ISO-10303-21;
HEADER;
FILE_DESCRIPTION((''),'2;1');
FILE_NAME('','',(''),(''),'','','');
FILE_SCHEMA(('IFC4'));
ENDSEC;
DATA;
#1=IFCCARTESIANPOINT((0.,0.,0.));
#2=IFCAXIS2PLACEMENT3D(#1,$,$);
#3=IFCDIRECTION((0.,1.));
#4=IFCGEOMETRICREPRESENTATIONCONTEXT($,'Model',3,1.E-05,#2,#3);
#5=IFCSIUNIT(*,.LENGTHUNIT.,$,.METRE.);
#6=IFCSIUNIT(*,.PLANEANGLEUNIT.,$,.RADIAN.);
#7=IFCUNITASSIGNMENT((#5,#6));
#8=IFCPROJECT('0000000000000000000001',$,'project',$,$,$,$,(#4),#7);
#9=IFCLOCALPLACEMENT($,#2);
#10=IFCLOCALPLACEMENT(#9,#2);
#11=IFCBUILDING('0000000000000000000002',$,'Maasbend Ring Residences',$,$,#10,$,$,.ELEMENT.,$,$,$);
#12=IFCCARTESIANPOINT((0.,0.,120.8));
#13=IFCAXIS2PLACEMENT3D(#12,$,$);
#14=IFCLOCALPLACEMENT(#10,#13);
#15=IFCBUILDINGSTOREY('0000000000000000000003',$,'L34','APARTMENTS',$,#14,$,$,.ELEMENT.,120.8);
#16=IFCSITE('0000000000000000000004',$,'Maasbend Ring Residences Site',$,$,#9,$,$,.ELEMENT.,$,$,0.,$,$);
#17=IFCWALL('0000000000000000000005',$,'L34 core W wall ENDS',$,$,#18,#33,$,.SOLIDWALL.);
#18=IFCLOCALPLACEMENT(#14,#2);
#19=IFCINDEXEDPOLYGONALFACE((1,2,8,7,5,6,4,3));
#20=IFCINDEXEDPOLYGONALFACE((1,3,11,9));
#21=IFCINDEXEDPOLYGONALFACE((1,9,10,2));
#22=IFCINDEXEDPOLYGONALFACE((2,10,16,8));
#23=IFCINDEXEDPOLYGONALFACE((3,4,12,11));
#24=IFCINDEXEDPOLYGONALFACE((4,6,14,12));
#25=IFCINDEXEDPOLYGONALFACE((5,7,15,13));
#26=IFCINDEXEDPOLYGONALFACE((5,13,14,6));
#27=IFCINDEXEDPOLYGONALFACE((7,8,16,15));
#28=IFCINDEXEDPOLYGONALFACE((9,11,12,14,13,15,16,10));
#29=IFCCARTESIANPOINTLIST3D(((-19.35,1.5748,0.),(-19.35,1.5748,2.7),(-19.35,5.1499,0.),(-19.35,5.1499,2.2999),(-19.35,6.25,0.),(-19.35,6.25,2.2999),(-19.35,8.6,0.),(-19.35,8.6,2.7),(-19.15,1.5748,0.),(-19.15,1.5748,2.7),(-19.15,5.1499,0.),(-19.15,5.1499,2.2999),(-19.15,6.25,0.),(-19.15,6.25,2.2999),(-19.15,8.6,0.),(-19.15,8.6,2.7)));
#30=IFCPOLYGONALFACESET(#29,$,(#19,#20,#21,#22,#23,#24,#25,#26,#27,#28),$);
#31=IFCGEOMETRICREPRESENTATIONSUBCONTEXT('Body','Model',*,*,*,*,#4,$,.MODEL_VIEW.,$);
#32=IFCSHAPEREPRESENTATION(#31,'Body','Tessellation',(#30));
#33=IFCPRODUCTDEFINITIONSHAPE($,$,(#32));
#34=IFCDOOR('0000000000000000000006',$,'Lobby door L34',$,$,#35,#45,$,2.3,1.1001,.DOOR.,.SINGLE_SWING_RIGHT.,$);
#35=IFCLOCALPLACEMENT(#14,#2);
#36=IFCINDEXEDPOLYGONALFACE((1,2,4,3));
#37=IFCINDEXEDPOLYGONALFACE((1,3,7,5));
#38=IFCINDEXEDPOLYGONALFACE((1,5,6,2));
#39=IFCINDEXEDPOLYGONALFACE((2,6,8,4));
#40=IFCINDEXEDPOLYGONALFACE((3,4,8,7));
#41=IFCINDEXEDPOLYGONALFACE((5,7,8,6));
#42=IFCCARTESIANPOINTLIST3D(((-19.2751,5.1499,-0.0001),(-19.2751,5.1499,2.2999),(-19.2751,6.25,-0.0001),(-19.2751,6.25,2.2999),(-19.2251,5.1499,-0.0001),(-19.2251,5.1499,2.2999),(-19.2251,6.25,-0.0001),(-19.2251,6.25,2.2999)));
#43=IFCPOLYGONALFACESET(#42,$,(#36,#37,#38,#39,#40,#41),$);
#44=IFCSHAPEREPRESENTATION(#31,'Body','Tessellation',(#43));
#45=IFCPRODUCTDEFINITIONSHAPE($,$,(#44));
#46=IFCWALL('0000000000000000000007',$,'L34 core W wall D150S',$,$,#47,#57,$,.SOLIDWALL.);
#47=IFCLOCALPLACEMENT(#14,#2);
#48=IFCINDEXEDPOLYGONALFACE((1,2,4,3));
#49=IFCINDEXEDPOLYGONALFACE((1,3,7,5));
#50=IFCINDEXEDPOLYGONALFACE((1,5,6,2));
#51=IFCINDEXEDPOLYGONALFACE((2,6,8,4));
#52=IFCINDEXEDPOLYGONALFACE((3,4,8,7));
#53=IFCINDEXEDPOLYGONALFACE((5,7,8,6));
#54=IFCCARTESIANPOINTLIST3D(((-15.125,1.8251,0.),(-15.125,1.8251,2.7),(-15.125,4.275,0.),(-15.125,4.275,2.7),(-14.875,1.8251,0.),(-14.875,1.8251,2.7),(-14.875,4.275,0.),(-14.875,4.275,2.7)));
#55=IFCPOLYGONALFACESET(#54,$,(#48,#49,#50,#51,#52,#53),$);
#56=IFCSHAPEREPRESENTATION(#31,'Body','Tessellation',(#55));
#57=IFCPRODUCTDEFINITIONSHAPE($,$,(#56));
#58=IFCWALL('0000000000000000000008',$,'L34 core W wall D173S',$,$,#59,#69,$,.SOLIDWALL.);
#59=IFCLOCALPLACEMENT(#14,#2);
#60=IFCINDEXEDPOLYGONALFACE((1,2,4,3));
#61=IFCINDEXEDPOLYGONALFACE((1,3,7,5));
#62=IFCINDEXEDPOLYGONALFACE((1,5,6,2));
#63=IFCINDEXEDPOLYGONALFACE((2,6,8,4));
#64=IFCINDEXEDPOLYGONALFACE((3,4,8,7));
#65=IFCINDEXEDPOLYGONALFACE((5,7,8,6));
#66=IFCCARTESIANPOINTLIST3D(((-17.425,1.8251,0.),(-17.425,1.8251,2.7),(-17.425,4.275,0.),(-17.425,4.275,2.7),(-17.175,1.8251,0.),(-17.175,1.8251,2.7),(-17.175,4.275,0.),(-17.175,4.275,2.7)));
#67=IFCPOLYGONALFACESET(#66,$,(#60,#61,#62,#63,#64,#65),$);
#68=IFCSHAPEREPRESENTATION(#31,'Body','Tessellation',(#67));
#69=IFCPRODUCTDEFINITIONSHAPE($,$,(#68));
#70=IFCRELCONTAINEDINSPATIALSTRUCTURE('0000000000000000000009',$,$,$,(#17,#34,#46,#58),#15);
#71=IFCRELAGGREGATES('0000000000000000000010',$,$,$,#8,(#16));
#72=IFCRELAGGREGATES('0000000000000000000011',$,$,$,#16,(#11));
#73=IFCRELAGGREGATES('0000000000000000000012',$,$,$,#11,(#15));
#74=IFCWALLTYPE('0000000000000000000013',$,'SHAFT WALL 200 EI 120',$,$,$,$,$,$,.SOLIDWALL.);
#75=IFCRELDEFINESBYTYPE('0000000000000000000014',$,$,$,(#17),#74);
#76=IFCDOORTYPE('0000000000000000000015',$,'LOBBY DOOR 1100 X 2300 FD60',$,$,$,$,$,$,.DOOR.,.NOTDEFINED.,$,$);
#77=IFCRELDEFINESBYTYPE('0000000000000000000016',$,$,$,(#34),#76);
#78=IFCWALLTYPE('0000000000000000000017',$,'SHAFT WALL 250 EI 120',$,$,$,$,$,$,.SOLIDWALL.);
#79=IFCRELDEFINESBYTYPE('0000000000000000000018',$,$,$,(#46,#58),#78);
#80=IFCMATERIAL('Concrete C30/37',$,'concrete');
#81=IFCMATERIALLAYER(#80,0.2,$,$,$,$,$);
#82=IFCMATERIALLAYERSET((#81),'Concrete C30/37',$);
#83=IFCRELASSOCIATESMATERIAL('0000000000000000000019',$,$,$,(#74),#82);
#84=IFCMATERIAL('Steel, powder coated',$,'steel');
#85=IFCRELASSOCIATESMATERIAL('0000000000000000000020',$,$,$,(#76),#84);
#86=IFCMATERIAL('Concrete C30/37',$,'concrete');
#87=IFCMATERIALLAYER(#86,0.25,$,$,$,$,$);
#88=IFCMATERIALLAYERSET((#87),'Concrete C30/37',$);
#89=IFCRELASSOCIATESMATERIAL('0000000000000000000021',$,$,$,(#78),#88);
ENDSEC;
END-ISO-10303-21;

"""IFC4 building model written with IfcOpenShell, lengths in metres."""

from ifc_helpers import new_model, si_unit, direction, frame, frame_2d, origin, place, context, subcontext, project, spatial, rectangle, extrude, material, layer, layer_set, type_object, element, fill, save


model = new_model("IFC4")

# Units and contexts
model_context = context("Model", 3, precision=1e-05, world=origin(), true_north=direction((0.0, 1.0)))
body_context = subcontext(model_context, "Body", "Model", "MODEL_VIEW")
ifc_project = project(units=[si_unit("LENGTHUNIT", "METRE"), si_unit("PLANEANGLEUNIT", "RADIAN")], contexts=[model_context])

# Site, building, storey
site_placement = place(None, origin())
site = spatial("IfcSite", under=ifc_project, at=site_placement, Name="Maasbend Ring Residences Site", CompositionType="ELEMENT", RefElevation=0.0)
building_placement = place(site_placement, origin())
building = spatial("IfcBuilding", under=site, at=building_placement, Name="Maasbend Ring Residences", CompositionType="ELEMENT")
storey_placement = place(building_placement, frame((0.0, 0.0, 120.8)))
storey = spatial("IfcBuildingStorey", under=building, at=storey_placement, Name="L34", Description="APARTMENTS", CompositionType="ELEMENT", Elevation=120.8)

# Wall, opening, door
ifc_material_1 = material(Name="Concrete C30/37", Category="concrete")
ifc_layer_1 = layer(ifc_material_1, 0.2)
ifc_layer_set_1 = layer_set([ifc_layer_1], Name="Concrete C30/37")
wall_type_1 = type_object("IfcWallType", Name="SHAFT WALL 200 EI 120", PredefinedType="SOLIDWALL", material=ifc_layer_set_1)
wall_1_placement = place(storey_placement, frame((-19.25, 8.6001, 0.0), z_axis=(0.0, 0.0, 1.0), x_axis=(0.0, -1.0, 0.0)))
wall_1 = element("IfcWall", 1, at=wall_1_placement, inside=storey, type_object=wall_type_1, Name="L34 core W wall ENDS", PredefinedType="SOLIDWALL", context=body_context, shape_type="SweptSolid", body=[
    extrude(rectangle(XDim=7.0251, YDim=0.2, at=frame_2d((3.5127, 0.0))), origin(), (0.0, 0.0, 1.0), 2.7),
])
opening_1_placement = place(wall_1_placement, frame((2.3501, 0.0, 0.0)))
opening_1 = element("IfcOpeningElement", 2, at=opening_1_placement, cuts=wall_1, PredefinedType="OPENING", context=body_context, shape_type="SweptSolid", body=[
    extrude(rectangle(XDim=1.1001, YDim=2.3, at=frame_2d((0.55, 1.1499))), frame((0.0, 0.1099, 0.0), z_axis=(0.0, -1.0, 0.0), x_axis=(1.0, 0.0, 0.0)), (0.0, 0.0, 1.0), 0.22),
])
ifc_material_2 = material(Name="Steel, powder coated", Category="steel")
door_type_1 = type_object("IfcDoorType", Name="LOBBY DOOR 1100 X 2300 FD60", OperationType="NOTDEFINED", PredefinedType="DOOR", material=ifc_material_2)
door_1_placement = place(opening_1_placement, origin())
door_1 = element("IfcDoor", 3, at=door_1_placement, inside=storey, type_object=door_type_1, Name="Lobby door L34", OperationType="SINGLE_SWING_RIGHT", OverallHeight=2.3, OverallWidth=1.1001, PredefinedType="DOOR", context=body_context, shape_type="SweptSolid", body=[
    extrude(rectangle(XDim=1.1001, YDim=2.3, at=frame_2d((0.55, 1.1499))), frame((0.0, 0.0249, 0.0), z_axis=(0.0, -1.0, 0.0), x_axis=(1.0, 0.0, 0.0)), (0.0, 0.0, 1.0), 0.05),
])
fill(opening_1, door_1)

# Walls
ifc_material_3 = material(Name="Concrete C30/37", Category="concrete")
ifc_layer_2 = layer(ifc_material_3, 0.25)
ifc_layer_set_2 = layer_set([ifc_layer_2], Name="Concrete C30/37")
wall_type_2 = type_object("IfcWallType", Name="SHAFT WALL 250 EI 120", PredefinedType="SOLIDWALL", material=ifc_layer_set_2)
for number, where, z_axis, x_axis, name in (
    (4, (-15.0, 1.825, 0.0), (0.0, 0.0, 1.0), (0.0, 1.0, 0.0), "L34 core W wall D150S"),
    (5, (-17.3, 1.825, 0.0), (0.0, 0.0, 1.0), (0.0, 1.0, 0.0), "L34 core W wall D173S"),
):
    element("IfcWall", number, at=place(storey_placement, frame(where, z_axis=z_axis, x_axis=x_axis)), inside=storey, type_object=wall_type_2, Name=name, PredefinedType="SOLIDWALL", context=body_context, shape_type="SweptSolid", body=[
        extrude(rectangle(XDim=2.45, YDim=0.25, at=frame_2d((1.2251, 0.0))), origin(), (0.0, 0.0, 1.0), 2.7),
    ])

save(model, "model.ifc")
